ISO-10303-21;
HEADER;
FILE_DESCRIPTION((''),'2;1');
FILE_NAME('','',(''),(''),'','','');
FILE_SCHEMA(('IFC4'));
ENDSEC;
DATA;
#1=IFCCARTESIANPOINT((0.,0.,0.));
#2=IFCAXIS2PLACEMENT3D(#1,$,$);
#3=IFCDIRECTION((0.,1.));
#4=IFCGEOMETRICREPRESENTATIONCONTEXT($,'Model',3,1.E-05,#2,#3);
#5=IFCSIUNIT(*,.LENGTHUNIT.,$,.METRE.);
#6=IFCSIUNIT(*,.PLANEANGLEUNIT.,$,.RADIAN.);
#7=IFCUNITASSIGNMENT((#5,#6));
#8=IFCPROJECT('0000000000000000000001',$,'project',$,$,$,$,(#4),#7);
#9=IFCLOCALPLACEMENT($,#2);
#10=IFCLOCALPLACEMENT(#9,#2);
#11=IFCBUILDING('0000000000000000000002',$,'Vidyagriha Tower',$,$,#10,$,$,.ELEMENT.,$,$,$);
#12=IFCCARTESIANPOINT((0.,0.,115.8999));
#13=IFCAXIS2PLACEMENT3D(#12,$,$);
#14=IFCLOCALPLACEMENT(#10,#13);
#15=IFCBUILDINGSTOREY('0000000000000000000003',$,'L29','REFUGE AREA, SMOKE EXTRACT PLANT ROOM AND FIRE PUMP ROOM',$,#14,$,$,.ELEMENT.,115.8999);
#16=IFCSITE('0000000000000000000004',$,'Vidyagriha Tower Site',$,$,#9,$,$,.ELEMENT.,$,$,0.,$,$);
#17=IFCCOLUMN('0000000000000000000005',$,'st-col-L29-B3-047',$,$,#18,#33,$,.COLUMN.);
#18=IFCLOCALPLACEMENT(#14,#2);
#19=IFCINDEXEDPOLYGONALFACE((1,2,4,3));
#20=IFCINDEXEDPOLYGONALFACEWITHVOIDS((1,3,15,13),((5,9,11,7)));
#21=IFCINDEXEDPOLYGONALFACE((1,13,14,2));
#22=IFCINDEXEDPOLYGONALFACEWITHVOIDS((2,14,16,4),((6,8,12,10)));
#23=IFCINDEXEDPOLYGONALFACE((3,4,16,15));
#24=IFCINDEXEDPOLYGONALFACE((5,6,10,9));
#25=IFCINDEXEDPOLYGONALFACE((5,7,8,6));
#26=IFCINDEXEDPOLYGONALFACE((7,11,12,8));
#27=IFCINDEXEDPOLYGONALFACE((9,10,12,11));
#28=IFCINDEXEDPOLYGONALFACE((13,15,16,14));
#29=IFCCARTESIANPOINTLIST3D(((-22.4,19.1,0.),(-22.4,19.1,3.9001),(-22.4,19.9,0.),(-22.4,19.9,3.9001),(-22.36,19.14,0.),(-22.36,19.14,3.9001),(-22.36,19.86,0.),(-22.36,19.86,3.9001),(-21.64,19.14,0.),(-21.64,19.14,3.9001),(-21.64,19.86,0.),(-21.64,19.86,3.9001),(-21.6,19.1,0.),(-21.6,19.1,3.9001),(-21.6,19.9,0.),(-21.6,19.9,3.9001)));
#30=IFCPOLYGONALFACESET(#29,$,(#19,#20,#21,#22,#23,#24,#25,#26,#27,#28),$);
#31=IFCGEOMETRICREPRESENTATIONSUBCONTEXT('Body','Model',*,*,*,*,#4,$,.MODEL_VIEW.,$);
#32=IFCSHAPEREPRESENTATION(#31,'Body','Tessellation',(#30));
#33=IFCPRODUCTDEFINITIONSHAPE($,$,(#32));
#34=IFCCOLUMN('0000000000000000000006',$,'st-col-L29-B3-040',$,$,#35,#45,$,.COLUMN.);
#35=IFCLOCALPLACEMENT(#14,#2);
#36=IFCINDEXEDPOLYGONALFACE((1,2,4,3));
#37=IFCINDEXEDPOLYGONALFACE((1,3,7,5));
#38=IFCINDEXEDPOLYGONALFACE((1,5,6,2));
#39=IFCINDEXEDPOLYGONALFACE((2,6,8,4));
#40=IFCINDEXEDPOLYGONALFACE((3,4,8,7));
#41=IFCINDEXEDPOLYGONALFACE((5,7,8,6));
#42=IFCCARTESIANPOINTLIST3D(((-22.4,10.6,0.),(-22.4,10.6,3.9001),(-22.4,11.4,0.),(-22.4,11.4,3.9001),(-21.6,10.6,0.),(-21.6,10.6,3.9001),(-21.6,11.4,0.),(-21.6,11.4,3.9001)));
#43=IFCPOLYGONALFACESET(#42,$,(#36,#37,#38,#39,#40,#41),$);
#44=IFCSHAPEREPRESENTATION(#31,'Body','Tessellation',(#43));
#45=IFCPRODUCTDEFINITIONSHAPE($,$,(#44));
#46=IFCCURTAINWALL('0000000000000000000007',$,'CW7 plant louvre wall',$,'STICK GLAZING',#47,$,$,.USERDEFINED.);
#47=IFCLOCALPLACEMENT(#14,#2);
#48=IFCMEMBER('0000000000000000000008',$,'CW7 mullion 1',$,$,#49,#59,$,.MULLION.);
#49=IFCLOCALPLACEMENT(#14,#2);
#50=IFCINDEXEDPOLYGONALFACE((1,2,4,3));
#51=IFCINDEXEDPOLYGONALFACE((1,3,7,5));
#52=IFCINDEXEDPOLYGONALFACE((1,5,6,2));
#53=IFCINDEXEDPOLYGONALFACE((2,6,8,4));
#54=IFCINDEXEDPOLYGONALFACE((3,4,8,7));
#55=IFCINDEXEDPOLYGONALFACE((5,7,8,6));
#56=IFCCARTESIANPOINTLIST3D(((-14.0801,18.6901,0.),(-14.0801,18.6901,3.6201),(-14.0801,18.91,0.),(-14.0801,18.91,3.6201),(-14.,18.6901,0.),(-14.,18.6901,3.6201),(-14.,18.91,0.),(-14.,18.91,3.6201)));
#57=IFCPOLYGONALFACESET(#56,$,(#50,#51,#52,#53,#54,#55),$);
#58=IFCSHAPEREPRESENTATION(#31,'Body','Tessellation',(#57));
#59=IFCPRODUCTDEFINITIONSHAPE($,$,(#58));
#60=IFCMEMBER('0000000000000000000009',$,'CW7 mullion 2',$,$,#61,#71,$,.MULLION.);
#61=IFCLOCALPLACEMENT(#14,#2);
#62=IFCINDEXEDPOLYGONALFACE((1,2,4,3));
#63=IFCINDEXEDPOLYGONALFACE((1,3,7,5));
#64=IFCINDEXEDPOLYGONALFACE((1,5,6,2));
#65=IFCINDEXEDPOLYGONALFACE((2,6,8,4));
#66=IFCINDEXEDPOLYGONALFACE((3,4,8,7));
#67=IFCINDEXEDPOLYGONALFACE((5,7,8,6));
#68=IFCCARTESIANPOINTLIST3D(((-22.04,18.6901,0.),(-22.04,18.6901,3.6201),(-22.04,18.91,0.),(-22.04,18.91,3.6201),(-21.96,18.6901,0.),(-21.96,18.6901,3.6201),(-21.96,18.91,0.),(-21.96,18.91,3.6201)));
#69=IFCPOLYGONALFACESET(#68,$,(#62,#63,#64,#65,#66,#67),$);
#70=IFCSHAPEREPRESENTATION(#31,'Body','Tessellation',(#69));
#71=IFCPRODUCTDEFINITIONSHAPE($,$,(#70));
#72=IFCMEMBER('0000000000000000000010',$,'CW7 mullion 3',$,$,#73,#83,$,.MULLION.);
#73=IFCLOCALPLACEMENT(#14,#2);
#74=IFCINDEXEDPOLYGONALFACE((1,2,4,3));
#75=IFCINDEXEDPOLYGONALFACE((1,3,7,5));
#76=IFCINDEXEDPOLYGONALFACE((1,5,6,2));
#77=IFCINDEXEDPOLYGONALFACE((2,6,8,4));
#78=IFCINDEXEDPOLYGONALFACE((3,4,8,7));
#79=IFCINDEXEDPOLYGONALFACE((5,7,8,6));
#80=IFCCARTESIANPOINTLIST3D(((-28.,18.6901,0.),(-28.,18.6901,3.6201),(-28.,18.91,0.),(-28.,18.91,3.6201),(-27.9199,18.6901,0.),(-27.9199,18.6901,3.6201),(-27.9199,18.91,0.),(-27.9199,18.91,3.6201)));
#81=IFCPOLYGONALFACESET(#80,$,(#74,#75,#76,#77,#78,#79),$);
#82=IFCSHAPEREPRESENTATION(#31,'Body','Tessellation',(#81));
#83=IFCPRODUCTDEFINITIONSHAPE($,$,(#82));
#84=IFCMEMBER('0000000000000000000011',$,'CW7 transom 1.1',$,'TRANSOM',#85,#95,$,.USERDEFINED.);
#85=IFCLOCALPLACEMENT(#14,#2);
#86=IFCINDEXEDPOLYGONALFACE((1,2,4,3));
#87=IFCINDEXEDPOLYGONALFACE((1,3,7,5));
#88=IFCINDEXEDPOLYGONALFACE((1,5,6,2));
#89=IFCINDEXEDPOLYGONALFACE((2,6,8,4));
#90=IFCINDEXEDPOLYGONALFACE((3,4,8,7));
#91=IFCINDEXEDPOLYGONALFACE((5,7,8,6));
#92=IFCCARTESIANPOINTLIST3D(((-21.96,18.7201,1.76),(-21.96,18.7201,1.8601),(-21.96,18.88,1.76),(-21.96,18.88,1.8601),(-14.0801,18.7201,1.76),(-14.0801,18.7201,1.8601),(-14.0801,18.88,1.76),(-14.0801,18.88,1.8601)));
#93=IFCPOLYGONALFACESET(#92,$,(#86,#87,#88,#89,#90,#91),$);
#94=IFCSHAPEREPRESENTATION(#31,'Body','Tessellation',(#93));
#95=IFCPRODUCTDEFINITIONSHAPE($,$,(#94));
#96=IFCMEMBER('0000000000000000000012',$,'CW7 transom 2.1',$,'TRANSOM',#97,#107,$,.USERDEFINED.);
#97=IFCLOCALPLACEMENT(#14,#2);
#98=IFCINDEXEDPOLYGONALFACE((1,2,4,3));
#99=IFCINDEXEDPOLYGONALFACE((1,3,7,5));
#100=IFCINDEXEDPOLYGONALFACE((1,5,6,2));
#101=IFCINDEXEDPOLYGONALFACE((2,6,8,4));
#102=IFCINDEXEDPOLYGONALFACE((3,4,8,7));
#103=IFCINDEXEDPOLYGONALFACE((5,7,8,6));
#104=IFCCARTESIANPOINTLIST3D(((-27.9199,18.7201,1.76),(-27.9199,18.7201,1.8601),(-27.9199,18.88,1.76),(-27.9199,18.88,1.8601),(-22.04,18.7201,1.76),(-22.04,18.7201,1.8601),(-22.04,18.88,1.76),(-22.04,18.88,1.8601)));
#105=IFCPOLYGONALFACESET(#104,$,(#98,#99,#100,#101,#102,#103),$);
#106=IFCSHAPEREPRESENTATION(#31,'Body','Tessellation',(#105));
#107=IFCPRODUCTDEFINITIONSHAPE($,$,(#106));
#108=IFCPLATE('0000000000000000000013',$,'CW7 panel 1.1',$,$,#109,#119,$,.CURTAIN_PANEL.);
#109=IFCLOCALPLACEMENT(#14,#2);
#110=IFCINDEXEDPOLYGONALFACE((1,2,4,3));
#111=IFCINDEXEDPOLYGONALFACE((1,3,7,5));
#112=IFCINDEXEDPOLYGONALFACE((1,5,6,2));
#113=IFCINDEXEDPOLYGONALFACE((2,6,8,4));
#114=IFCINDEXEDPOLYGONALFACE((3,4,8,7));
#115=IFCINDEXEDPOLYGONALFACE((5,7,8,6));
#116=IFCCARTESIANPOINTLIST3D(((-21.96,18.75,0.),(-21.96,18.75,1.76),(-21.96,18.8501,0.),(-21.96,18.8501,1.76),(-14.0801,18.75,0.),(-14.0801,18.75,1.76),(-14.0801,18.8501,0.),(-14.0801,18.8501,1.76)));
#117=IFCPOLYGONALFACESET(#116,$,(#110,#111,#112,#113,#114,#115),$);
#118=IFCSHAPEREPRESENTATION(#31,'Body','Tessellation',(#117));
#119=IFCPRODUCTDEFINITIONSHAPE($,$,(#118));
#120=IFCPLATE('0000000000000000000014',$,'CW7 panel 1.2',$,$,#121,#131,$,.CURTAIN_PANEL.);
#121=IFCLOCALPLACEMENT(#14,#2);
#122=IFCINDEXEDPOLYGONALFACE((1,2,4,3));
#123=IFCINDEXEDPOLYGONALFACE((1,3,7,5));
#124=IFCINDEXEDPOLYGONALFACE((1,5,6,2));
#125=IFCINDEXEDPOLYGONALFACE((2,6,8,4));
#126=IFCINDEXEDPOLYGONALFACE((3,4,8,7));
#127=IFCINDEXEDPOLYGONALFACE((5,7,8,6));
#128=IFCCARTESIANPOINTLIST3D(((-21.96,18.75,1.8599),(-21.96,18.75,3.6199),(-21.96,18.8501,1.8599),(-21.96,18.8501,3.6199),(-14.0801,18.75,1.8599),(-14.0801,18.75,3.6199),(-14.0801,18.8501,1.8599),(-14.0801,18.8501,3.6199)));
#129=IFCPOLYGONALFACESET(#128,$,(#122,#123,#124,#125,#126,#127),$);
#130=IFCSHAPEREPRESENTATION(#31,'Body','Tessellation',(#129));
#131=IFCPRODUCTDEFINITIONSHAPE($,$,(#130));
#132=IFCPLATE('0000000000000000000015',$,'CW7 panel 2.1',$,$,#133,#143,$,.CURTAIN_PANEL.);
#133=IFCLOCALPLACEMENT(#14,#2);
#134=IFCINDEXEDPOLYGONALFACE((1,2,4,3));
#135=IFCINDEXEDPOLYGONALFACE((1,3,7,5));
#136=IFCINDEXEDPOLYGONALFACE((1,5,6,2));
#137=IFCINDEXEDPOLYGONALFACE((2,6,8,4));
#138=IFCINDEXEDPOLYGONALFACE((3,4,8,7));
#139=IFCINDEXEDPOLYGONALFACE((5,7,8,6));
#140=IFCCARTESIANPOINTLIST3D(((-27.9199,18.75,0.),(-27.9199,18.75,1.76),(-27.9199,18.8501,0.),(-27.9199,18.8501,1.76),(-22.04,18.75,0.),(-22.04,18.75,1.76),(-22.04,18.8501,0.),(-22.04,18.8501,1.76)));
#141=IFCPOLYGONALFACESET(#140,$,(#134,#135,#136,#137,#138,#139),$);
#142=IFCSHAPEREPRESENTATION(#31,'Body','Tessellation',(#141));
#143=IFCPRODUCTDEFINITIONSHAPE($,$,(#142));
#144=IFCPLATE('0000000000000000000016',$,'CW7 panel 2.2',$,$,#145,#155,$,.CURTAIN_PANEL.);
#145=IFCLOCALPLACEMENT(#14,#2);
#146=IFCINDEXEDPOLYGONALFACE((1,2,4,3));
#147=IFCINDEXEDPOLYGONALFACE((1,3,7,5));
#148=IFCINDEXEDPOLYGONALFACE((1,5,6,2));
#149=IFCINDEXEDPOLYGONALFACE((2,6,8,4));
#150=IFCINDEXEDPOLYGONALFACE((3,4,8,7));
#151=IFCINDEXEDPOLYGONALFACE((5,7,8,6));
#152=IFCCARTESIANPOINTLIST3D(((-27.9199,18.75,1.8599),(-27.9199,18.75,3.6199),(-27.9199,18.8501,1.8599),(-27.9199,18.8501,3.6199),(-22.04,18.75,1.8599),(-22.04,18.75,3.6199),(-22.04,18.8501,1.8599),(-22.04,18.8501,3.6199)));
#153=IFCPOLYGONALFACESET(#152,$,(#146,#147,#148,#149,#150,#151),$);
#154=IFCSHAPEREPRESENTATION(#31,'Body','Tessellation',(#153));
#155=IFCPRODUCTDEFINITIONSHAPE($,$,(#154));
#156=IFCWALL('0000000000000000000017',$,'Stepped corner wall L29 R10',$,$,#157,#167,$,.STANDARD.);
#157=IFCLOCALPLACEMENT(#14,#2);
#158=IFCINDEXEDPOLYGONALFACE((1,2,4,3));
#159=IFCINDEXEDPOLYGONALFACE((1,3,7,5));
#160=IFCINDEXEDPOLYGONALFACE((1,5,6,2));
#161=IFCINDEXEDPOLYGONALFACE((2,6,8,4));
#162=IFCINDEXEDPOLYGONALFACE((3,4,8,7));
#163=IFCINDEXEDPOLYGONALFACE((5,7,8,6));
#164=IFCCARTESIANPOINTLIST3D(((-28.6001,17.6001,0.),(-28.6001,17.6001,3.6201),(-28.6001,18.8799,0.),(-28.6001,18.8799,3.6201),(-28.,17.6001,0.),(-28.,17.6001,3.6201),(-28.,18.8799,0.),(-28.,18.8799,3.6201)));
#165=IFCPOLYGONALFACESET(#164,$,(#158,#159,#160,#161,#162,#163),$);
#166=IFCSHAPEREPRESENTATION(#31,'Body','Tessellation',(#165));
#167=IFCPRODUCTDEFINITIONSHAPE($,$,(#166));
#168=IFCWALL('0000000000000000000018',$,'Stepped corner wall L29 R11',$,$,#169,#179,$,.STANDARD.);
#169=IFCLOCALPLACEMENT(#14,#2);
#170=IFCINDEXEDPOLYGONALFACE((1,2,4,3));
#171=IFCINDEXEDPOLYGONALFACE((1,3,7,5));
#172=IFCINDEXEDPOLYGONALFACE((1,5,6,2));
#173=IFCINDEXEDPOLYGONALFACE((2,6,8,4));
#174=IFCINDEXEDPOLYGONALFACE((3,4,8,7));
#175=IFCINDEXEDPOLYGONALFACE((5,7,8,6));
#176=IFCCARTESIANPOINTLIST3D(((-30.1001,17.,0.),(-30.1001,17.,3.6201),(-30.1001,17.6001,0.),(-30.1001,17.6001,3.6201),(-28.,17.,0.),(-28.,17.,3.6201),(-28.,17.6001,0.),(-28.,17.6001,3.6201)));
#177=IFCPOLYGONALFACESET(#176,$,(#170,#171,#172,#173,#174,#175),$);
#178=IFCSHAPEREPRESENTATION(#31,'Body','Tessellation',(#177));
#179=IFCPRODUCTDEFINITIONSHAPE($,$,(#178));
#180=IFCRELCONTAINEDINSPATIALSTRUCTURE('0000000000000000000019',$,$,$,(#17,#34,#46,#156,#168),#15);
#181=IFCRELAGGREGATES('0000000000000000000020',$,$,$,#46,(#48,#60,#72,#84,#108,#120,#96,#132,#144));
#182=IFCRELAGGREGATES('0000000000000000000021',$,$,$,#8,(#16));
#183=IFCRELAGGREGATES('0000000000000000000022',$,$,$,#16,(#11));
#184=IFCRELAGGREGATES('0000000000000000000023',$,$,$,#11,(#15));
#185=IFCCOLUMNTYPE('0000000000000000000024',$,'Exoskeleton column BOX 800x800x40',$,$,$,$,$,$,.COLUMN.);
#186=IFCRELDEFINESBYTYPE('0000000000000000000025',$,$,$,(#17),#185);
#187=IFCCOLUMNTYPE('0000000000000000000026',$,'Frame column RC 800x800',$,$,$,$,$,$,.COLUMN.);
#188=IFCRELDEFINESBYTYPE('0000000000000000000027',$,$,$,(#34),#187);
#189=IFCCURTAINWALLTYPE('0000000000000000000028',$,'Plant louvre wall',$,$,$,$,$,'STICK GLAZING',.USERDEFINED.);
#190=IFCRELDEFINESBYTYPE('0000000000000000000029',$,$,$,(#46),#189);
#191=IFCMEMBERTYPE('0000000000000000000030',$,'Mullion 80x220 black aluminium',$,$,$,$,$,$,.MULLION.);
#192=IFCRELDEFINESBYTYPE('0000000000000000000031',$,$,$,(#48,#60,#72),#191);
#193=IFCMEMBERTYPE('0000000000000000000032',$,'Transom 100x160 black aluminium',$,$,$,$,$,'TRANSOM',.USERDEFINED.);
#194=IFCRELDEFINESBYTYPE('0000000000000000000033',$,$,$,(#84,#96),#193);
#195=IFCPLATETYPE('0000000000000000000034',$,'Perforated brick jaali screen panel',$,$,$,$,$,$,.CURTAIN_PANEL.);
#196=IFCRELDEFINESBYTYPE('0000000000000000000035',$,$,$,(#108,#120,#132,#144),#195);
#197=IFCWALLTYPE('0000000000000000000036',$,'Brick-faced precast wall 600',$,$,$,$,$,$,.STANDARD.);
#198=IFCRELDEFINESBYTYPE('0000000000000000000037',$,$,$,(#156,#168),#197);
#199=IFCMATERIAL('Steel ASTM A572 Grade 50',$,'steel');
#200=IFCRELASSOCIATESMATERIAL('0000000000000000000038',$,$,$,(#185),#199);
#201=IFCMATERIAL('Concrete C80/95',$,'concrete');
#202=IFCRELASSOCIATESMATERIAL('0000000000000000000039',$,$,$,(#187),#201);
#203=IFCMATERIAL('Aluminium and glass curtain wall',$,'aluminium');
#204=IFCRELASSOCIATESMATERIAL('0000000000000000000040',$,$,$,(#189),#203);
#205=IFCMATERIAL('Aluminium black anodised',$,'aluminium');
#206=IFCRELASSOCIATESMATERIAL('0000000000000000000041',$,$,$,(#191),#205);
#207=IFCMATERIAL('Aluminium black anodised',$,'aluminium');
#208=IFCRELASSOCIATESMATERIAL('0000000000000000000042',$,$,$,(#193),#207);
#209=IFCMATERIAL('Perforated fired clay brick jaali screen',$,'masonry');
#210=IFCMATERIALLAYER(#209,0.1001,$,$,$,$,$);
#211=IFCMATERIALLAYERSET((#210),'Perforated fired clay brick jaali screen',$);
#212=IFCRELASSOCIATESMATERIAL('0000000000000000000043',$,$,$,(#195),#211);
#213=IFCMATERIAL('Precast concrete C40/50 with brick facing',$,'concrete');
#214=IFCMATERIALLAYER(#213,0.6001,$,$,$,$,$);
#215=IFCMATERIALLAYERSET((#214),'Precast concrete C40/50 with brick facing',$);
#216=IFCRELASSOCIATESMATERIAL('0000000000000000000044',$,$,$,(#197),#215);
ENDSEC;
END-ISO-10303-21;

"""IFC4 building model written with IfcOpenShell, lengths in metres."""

from ifc_helpers import new_model, si_unit, direction, frame, frame_2d, origin, origin_2d, place, context, subcontext, project, spatial, rectangle, hollow_rectangle, extrude, material, layer, layer_set, material_profile, profile_set, type_object, element, aggregate, save


model = new_model("IFC4")

# Units and contexts
model_context = context("Model", 3, precision=1e-05, world=origin(), true_north=direction((0.0, 1.0)))
body_context = subcontext(model_context, "Body", "Model", "MODEL_VIEW")
ifc_project = project(units=[si_unit("LENGTHUNIT", "METRE"), si_unit("PLANEANGLEUNIT", "RADIAN")], contexts=[model_context])

# Site, building, storey
site_placement = place(None, origin())
site = spatial("IfcSite", under=ifc_project, at=site_placement, Name="Vidyagriha Tower Site", CompositionType="ELEMENT", RefElevation=0.0)
building_placement = place(site_placement, origin())
building = spatial("IfcBuilding", under=site, at=building_placement, Name="Vidyagriha Tower", CompositionType="ELEMENT")
storey_placement = place(building_placement, frame((0.0, 0.0, 115.8999)))
storey = spatial("IfcBuildingStorey", under=building, at=storey_placement, Name="L29", Description="REFUGE AREA, SMOKE EXTRACT PLANT ROOM AND FIRE PUMP ROOM", CompositionType="ELEMENT", Elevation=115.8999)

# Columns
ifc_material_1 = material(Name="Steel ASTM A572 Grade 50", Category="steel")
ifc_material_profile_1 = material_profile(ifc_material_1, hollow_rectangle(XDim=0.8, YDim=0.8, WallThickness=0.04, at=origin_2d()), Name="BOX 800x800x40")
ifc_profile_set_1 = profile_set([ifc_material_profile_1], Name="Steel ASTM A572 Grade 50")
column_type_1 = type_object("IfcColumnType", Name="Exoskeleton column BOX 800x800x40", PredefinedType="COLUMN", material=ifc_profile_set_1)
column_1_placement = place(storey_placement, frame((-22.0, 19.5, 0.0)))
element("IfcColumn", 1, at=column_1_placement, inside=storey, type_object=column_type_1, Name="st-col-L29-B3-047", PredefinedType="COLUMN", context=body_context, shape_type="SweptSolid", body=[
    extrude(hollow_rectangle(XDim=0.8, YDim=0.8, WallThickness=0.04, at=origin_2d()), origin(), (0.0, 0.0, 1.0), 3.9001),
])
ifc_material_2 = material(Name="Concrete C80/95", Category="concrete")
ifc_material_profile_2 = material_profile(ifc_material_2, rectangle(XDim=0.8, YDim=0.8, at=origin_2d()), Name="RC 800x800")
ifc_profile_set_2 = profile_set([ifc_material_profile_2], Name="Concrete C80/95")
column_type_2 = type_object("IfcColumnType", Name="Frame column RC 800x800", PredefinedType="COLUMN", material=ifc_profile_set_2)
column_2_placement = place(storey_placement, frame((-22.0, 11.0, 0.0)))
element("IfcColumn", 2, at=column_2_placement, inside=storey, type_object=column_type_2, Name="st-col-L29-B3-040", PredefinedType="COLUMN", context=body_context, shape_type="SweptSolid", body=[
    extrude(rectangle(XDim=0.8, YDim=0.8, at=origin_2d()), origin(), (0.0, 0.0, 1.0), 3.9001),
])

# Curtain wall, members, plates
ifc_material_3 = material(Name="Aluminium and glass curtain wall", Category="aluminium")
curtain_wall_type = type_object("IfcCurtainWallType", Name="Plant louvre wall", ElementType="STICK GLAZING", PredefinedType="USERDEFINED", material=ifc_material_3)
curtain_wall_placement = place(storey_placement, origin())
curtain_wall = element("IfcCurtainWall", 3, at=curtain_wall_placement, inside=storey, type_object=curtain_wall_type, Name="CW7 plant louvre wall", ObjectType="STICK GLAZING", PredefinedType="USERDEFINED")
ifc_material_4 = material(Name="Aluminium black anodised", Category="aluminium")
ifc_material_profile_3 = material_profile(ifc_material_4, rectangle(XDim=0.22, YDim=0.0801, at=origin_2d()), Name="Mullion 80x220 black aluminium")
ifc_profile_set_3 = profile_set([ifc_material_profile_3], Name="Aluminium black anodised")
member_type_1 = type_object("IfcMemberType", Name="Mullion 80x220 black aluminium", PredefinedType="MULLION", material=ifc_profile_set_3)
member_1_placement = place(storey_placement, frame((-14.04, 18.8, 0.0), z_axis=(0.0, 0.0, 1.0), x_axis=(0.0, -1.0, 0.0)))
member_1 = element("IfcMember", 4, at=member_1_placement, type_object=member_type_1, Name="CW7 mullion 1", PredefinedType="MULLION", context=body_context, shape_type="SweptSolid", body=[
    extrude(rectangle(XDim=0.22, YDim=0.0801, at=origin_2d()), origin(), (0.0, 0.0, 1.0), 3.6201),
])
member_2_placement = place(storey_placement, frame((-22.0, 18.8, 0.0), z_axis=(0.0, 0.0, 1.0), x_axis=(0.0, -1.0, 0.0)))
member_2 = element("IfcMember", 5, at=member_2_placement, type_object=member_type_1, Name="CW7 mullion 2", PredefinedType="MULLION", context=body_context, shape_type="SweptSolid", body=[
    extrude(rectangle(XDim=0.22, YDim=0.0801, at=origin_2d()), origin(), (0.0, 0.0, 1.0), 3.6201),
])
member_3_placement = place(storey_placement, frame((-27.96, 18.8, 0.0), z_axis=(0.0, 0.0, 1.0), x_axis=(0.0, -1.0, 0.0)))
member_3 = element("IfcMember", 6, at=member_3_placement, type_object=member_type_1, Name="CW7 mullion 3", PredefinedType="MULLION", context=body_context, shape_type="SweptSolid", body=[
    extrude(rectangle(XDim=0.22, YDim=0.0801, at=origin_2d()), origin(), (0.0, 0.0, 1.0), 3.6201),
])
ifc_material_5 = material(Name="Aluminium black anodised", Category="aluminium")
ifc_material_profile_4 = material_profile(ifc_material_5, rectangle(XDim=0.1599, YDim=0.1001, at=origin_2d()), Name="Transom 100x160 black aluminium")
ifc_profile_set_4 = profile_set([ifc_material_profile_4], Name="Aluminium black anodised")
member_type_2 = type_object("IfcMemberType", Name="Transom 100x160 black aluminium", ElementType="TRANSOM", PredefinedType="USERDEFINED", material=ifc_profile_set_4)
member_4_placement = place(storey_placement, frame((-14.0801, 18.8, 1.8101), z_axis=(-1.0, 0.0, 0.0), x_axis=(0.0, -1.0, 0.0)))
member_4 = element("IfcMember", 7, at=member_4_placement, type_object=member_type_2, Name="CW7 transom 1.1", ObjectType="TRANSOM", PredefinedType="USERDEFINED", context=body_context, shape_type="SweptSolid", body=[
    extrude(rectangle(XDim=0.1599, YDim=0.1001, at=origin_2d()), origin(), (0.0, 0.0, 1.0), 7.8799),
])
member_5_placement = place(storey_placement, frame((-22.04, 18.8, 1.8101), z_axis=(-1.0, 0.0, 0.0), x_axis=(0.0, -1.0, 0.0)))
member_5 = element("IfcMember", 8, at=member_5_placement, type_object=member_type_2, Name="CW7 transom 2.1", ObjectType="TRANSOM", PredefinedType="USERDEFINED", context=body_context, shape_type="SweptSolid", body=[
    extrude(rectangle(XDim=0.1599, YDim=0.1001, at=origin_2d()), origin(), (0.0, 0.0, 1.0), 5.8799),
])
ifc_material_6 = material(Name="Perforated fired clay brick jaali screen", Category="masonry")
ifc_layer_1 = layer(ifc_material_6, 0.1001)
ifc_layer_set_1 = layer_set([ifc_layer_1], Name="Perforated fired clay brick jaali screen")
plate_type = type_object("IfcPlateType", Name="Perforated brick jaali screen panel", PredefinedType="CURTAIN_PANEL", material=ifc_layer_set_1)
plate_1_placement = place(storey_placement, frame((-18.02, 18.8, 0.0), z_axis=(0.0, 0.0, 1.0), x_axis=(-1.0, 0.0, 0.0)))
plate_1 = element("IfcPlate", 9, at=plate_1_placement, type_object=plate_type, Name="CW7 panel 1.1", PredefinedType="CURTAIN_PANEL", context=body_context, shape_type="SweptSolid", body=[
    extrude(rectangle(XDim=7.8799, YDim=0.1001, at=origin_2d()), origin(), (0.0, 0.0, 1.0), 1.76),
])
plate_2_placement = place(storey_placement, frame((-18.02, 18.8, 1.8599), z_axis=(0.0, 0.0, 1.0), x_axis=(-1.0, 0.0, 0.0)))
plate_2 = element("IfcPlate", 10, at=plate_2_placement, type_object=plate_type, Name="CW7 panel 1.2", PredefinedType="CURTAIN_PANEL", context=body_context, shape_type="SweptSolid", body=[
    extrude(rectangle(XDim=7.8799, YDim=0.1001, at=origin_2d()), origin(), (0.0, 0.0, 1.0), 1.76),
])
plate_3_placement = place(storey_placement, frame((-24.98, 18.8, 0.0), z_axis=(0.0, 0.0, 1.0), x_axis=(-1.0, 0.0, 0.0)))
plate_3 = element("IfcPlate", 11, at=plate_3_placement, type_object=plate_type, Name="CW7 panel 2.1", PredefinedType="CURTAIN_PANEL", context=body_context, shape_type="SweptSolid", body=[
    extrude(rectangle(XDim=5.8799, YDim=0.1001, at=origin_2d()), origin(), (0.0, 0.0, 1.0), 1.76),
])
plate_4_placement = place(storey_placement, frame((-24.98, 18.8, 1.8599), z_axis=(0.0, 0.0, 1.0), x_axis=(-1.0, 0.0, 0.0)))
plate_4 = element("IfcPlate", 12, at=plate_4_placement, type_object=plate_type, Name="CW7 panel 2.2", PredefinedType="CURTAIN_PANEL", context=body_context, shape_type="SweptSolid", body=[
    extrude(rectangle(XDim=5.8799, YDim=0.1001, at=origin_2d()), origin(), (0.0, 0.0, 1.0), 1.76),
])
aggregate(curtain_wall, [member_1, member_2, member_3, member_4, plate_1, plate_2, member_5, plate_3, plate_4])

# Walls
ifc_material_7 = material(Name="Precast concrete C40/50 with brick facing", Category="concrete")
ifc_layer_2 = layer(ifc_material_7, 0.6001)
ifc_layer_set_2 = layer_set([ifc_layer_2], Name="Precast concrete C40/50 with brick facing")
wall_type_1 = type_object("IfcWallType", Name="Brick-faced precast wall 600", PredefinedType="STANDARD", material=ifc_layer_set_2)
wall_1_placement = place(storey_placement, frame((-28.3, 18.8799, 0.0), z_axis=(0.0, 0.0, 1.0), x_axis=(0.0, -1.0, 0.0)))
element("IfcWall", 13, at=wall_1_placement, inside=storey, type_object=wall_type_1, Name="Stepped corner wall L29 R10", PredefinedType="STANDARD", context=body_context, shape_type="SweptSolid", body=[
    extrude(rectangle(XDim=1.2798, YDim=0.6001, at=frame_2d((0.6399, 0.0))), origin(), (0.0, 0.0, 1.0), 3.6201),
])
wall_2_placement = place(storey_placement, frame((-28.0, 17.3, 0.0), z_axis=(0.0, 0.0, 1.0), x_axis=(-1.0, 0.0, 0.0)))
element("IfcWall", 14, at=wall_2_placement, inside=storey, type_object=wall_type_1, Name="Stepped corner wall L29 R11", PredefinedType="STANDARD", context=body_context, shape_type="SweptSolid", body=[
    extrude(rectangle(XDim=2.1001, YDim=0.6001, at=frame_2d((1.05, 0.0))), origin(), (0.0, 0.0, 1.0), 3.6201),
])

save(model, "model.ifc")
